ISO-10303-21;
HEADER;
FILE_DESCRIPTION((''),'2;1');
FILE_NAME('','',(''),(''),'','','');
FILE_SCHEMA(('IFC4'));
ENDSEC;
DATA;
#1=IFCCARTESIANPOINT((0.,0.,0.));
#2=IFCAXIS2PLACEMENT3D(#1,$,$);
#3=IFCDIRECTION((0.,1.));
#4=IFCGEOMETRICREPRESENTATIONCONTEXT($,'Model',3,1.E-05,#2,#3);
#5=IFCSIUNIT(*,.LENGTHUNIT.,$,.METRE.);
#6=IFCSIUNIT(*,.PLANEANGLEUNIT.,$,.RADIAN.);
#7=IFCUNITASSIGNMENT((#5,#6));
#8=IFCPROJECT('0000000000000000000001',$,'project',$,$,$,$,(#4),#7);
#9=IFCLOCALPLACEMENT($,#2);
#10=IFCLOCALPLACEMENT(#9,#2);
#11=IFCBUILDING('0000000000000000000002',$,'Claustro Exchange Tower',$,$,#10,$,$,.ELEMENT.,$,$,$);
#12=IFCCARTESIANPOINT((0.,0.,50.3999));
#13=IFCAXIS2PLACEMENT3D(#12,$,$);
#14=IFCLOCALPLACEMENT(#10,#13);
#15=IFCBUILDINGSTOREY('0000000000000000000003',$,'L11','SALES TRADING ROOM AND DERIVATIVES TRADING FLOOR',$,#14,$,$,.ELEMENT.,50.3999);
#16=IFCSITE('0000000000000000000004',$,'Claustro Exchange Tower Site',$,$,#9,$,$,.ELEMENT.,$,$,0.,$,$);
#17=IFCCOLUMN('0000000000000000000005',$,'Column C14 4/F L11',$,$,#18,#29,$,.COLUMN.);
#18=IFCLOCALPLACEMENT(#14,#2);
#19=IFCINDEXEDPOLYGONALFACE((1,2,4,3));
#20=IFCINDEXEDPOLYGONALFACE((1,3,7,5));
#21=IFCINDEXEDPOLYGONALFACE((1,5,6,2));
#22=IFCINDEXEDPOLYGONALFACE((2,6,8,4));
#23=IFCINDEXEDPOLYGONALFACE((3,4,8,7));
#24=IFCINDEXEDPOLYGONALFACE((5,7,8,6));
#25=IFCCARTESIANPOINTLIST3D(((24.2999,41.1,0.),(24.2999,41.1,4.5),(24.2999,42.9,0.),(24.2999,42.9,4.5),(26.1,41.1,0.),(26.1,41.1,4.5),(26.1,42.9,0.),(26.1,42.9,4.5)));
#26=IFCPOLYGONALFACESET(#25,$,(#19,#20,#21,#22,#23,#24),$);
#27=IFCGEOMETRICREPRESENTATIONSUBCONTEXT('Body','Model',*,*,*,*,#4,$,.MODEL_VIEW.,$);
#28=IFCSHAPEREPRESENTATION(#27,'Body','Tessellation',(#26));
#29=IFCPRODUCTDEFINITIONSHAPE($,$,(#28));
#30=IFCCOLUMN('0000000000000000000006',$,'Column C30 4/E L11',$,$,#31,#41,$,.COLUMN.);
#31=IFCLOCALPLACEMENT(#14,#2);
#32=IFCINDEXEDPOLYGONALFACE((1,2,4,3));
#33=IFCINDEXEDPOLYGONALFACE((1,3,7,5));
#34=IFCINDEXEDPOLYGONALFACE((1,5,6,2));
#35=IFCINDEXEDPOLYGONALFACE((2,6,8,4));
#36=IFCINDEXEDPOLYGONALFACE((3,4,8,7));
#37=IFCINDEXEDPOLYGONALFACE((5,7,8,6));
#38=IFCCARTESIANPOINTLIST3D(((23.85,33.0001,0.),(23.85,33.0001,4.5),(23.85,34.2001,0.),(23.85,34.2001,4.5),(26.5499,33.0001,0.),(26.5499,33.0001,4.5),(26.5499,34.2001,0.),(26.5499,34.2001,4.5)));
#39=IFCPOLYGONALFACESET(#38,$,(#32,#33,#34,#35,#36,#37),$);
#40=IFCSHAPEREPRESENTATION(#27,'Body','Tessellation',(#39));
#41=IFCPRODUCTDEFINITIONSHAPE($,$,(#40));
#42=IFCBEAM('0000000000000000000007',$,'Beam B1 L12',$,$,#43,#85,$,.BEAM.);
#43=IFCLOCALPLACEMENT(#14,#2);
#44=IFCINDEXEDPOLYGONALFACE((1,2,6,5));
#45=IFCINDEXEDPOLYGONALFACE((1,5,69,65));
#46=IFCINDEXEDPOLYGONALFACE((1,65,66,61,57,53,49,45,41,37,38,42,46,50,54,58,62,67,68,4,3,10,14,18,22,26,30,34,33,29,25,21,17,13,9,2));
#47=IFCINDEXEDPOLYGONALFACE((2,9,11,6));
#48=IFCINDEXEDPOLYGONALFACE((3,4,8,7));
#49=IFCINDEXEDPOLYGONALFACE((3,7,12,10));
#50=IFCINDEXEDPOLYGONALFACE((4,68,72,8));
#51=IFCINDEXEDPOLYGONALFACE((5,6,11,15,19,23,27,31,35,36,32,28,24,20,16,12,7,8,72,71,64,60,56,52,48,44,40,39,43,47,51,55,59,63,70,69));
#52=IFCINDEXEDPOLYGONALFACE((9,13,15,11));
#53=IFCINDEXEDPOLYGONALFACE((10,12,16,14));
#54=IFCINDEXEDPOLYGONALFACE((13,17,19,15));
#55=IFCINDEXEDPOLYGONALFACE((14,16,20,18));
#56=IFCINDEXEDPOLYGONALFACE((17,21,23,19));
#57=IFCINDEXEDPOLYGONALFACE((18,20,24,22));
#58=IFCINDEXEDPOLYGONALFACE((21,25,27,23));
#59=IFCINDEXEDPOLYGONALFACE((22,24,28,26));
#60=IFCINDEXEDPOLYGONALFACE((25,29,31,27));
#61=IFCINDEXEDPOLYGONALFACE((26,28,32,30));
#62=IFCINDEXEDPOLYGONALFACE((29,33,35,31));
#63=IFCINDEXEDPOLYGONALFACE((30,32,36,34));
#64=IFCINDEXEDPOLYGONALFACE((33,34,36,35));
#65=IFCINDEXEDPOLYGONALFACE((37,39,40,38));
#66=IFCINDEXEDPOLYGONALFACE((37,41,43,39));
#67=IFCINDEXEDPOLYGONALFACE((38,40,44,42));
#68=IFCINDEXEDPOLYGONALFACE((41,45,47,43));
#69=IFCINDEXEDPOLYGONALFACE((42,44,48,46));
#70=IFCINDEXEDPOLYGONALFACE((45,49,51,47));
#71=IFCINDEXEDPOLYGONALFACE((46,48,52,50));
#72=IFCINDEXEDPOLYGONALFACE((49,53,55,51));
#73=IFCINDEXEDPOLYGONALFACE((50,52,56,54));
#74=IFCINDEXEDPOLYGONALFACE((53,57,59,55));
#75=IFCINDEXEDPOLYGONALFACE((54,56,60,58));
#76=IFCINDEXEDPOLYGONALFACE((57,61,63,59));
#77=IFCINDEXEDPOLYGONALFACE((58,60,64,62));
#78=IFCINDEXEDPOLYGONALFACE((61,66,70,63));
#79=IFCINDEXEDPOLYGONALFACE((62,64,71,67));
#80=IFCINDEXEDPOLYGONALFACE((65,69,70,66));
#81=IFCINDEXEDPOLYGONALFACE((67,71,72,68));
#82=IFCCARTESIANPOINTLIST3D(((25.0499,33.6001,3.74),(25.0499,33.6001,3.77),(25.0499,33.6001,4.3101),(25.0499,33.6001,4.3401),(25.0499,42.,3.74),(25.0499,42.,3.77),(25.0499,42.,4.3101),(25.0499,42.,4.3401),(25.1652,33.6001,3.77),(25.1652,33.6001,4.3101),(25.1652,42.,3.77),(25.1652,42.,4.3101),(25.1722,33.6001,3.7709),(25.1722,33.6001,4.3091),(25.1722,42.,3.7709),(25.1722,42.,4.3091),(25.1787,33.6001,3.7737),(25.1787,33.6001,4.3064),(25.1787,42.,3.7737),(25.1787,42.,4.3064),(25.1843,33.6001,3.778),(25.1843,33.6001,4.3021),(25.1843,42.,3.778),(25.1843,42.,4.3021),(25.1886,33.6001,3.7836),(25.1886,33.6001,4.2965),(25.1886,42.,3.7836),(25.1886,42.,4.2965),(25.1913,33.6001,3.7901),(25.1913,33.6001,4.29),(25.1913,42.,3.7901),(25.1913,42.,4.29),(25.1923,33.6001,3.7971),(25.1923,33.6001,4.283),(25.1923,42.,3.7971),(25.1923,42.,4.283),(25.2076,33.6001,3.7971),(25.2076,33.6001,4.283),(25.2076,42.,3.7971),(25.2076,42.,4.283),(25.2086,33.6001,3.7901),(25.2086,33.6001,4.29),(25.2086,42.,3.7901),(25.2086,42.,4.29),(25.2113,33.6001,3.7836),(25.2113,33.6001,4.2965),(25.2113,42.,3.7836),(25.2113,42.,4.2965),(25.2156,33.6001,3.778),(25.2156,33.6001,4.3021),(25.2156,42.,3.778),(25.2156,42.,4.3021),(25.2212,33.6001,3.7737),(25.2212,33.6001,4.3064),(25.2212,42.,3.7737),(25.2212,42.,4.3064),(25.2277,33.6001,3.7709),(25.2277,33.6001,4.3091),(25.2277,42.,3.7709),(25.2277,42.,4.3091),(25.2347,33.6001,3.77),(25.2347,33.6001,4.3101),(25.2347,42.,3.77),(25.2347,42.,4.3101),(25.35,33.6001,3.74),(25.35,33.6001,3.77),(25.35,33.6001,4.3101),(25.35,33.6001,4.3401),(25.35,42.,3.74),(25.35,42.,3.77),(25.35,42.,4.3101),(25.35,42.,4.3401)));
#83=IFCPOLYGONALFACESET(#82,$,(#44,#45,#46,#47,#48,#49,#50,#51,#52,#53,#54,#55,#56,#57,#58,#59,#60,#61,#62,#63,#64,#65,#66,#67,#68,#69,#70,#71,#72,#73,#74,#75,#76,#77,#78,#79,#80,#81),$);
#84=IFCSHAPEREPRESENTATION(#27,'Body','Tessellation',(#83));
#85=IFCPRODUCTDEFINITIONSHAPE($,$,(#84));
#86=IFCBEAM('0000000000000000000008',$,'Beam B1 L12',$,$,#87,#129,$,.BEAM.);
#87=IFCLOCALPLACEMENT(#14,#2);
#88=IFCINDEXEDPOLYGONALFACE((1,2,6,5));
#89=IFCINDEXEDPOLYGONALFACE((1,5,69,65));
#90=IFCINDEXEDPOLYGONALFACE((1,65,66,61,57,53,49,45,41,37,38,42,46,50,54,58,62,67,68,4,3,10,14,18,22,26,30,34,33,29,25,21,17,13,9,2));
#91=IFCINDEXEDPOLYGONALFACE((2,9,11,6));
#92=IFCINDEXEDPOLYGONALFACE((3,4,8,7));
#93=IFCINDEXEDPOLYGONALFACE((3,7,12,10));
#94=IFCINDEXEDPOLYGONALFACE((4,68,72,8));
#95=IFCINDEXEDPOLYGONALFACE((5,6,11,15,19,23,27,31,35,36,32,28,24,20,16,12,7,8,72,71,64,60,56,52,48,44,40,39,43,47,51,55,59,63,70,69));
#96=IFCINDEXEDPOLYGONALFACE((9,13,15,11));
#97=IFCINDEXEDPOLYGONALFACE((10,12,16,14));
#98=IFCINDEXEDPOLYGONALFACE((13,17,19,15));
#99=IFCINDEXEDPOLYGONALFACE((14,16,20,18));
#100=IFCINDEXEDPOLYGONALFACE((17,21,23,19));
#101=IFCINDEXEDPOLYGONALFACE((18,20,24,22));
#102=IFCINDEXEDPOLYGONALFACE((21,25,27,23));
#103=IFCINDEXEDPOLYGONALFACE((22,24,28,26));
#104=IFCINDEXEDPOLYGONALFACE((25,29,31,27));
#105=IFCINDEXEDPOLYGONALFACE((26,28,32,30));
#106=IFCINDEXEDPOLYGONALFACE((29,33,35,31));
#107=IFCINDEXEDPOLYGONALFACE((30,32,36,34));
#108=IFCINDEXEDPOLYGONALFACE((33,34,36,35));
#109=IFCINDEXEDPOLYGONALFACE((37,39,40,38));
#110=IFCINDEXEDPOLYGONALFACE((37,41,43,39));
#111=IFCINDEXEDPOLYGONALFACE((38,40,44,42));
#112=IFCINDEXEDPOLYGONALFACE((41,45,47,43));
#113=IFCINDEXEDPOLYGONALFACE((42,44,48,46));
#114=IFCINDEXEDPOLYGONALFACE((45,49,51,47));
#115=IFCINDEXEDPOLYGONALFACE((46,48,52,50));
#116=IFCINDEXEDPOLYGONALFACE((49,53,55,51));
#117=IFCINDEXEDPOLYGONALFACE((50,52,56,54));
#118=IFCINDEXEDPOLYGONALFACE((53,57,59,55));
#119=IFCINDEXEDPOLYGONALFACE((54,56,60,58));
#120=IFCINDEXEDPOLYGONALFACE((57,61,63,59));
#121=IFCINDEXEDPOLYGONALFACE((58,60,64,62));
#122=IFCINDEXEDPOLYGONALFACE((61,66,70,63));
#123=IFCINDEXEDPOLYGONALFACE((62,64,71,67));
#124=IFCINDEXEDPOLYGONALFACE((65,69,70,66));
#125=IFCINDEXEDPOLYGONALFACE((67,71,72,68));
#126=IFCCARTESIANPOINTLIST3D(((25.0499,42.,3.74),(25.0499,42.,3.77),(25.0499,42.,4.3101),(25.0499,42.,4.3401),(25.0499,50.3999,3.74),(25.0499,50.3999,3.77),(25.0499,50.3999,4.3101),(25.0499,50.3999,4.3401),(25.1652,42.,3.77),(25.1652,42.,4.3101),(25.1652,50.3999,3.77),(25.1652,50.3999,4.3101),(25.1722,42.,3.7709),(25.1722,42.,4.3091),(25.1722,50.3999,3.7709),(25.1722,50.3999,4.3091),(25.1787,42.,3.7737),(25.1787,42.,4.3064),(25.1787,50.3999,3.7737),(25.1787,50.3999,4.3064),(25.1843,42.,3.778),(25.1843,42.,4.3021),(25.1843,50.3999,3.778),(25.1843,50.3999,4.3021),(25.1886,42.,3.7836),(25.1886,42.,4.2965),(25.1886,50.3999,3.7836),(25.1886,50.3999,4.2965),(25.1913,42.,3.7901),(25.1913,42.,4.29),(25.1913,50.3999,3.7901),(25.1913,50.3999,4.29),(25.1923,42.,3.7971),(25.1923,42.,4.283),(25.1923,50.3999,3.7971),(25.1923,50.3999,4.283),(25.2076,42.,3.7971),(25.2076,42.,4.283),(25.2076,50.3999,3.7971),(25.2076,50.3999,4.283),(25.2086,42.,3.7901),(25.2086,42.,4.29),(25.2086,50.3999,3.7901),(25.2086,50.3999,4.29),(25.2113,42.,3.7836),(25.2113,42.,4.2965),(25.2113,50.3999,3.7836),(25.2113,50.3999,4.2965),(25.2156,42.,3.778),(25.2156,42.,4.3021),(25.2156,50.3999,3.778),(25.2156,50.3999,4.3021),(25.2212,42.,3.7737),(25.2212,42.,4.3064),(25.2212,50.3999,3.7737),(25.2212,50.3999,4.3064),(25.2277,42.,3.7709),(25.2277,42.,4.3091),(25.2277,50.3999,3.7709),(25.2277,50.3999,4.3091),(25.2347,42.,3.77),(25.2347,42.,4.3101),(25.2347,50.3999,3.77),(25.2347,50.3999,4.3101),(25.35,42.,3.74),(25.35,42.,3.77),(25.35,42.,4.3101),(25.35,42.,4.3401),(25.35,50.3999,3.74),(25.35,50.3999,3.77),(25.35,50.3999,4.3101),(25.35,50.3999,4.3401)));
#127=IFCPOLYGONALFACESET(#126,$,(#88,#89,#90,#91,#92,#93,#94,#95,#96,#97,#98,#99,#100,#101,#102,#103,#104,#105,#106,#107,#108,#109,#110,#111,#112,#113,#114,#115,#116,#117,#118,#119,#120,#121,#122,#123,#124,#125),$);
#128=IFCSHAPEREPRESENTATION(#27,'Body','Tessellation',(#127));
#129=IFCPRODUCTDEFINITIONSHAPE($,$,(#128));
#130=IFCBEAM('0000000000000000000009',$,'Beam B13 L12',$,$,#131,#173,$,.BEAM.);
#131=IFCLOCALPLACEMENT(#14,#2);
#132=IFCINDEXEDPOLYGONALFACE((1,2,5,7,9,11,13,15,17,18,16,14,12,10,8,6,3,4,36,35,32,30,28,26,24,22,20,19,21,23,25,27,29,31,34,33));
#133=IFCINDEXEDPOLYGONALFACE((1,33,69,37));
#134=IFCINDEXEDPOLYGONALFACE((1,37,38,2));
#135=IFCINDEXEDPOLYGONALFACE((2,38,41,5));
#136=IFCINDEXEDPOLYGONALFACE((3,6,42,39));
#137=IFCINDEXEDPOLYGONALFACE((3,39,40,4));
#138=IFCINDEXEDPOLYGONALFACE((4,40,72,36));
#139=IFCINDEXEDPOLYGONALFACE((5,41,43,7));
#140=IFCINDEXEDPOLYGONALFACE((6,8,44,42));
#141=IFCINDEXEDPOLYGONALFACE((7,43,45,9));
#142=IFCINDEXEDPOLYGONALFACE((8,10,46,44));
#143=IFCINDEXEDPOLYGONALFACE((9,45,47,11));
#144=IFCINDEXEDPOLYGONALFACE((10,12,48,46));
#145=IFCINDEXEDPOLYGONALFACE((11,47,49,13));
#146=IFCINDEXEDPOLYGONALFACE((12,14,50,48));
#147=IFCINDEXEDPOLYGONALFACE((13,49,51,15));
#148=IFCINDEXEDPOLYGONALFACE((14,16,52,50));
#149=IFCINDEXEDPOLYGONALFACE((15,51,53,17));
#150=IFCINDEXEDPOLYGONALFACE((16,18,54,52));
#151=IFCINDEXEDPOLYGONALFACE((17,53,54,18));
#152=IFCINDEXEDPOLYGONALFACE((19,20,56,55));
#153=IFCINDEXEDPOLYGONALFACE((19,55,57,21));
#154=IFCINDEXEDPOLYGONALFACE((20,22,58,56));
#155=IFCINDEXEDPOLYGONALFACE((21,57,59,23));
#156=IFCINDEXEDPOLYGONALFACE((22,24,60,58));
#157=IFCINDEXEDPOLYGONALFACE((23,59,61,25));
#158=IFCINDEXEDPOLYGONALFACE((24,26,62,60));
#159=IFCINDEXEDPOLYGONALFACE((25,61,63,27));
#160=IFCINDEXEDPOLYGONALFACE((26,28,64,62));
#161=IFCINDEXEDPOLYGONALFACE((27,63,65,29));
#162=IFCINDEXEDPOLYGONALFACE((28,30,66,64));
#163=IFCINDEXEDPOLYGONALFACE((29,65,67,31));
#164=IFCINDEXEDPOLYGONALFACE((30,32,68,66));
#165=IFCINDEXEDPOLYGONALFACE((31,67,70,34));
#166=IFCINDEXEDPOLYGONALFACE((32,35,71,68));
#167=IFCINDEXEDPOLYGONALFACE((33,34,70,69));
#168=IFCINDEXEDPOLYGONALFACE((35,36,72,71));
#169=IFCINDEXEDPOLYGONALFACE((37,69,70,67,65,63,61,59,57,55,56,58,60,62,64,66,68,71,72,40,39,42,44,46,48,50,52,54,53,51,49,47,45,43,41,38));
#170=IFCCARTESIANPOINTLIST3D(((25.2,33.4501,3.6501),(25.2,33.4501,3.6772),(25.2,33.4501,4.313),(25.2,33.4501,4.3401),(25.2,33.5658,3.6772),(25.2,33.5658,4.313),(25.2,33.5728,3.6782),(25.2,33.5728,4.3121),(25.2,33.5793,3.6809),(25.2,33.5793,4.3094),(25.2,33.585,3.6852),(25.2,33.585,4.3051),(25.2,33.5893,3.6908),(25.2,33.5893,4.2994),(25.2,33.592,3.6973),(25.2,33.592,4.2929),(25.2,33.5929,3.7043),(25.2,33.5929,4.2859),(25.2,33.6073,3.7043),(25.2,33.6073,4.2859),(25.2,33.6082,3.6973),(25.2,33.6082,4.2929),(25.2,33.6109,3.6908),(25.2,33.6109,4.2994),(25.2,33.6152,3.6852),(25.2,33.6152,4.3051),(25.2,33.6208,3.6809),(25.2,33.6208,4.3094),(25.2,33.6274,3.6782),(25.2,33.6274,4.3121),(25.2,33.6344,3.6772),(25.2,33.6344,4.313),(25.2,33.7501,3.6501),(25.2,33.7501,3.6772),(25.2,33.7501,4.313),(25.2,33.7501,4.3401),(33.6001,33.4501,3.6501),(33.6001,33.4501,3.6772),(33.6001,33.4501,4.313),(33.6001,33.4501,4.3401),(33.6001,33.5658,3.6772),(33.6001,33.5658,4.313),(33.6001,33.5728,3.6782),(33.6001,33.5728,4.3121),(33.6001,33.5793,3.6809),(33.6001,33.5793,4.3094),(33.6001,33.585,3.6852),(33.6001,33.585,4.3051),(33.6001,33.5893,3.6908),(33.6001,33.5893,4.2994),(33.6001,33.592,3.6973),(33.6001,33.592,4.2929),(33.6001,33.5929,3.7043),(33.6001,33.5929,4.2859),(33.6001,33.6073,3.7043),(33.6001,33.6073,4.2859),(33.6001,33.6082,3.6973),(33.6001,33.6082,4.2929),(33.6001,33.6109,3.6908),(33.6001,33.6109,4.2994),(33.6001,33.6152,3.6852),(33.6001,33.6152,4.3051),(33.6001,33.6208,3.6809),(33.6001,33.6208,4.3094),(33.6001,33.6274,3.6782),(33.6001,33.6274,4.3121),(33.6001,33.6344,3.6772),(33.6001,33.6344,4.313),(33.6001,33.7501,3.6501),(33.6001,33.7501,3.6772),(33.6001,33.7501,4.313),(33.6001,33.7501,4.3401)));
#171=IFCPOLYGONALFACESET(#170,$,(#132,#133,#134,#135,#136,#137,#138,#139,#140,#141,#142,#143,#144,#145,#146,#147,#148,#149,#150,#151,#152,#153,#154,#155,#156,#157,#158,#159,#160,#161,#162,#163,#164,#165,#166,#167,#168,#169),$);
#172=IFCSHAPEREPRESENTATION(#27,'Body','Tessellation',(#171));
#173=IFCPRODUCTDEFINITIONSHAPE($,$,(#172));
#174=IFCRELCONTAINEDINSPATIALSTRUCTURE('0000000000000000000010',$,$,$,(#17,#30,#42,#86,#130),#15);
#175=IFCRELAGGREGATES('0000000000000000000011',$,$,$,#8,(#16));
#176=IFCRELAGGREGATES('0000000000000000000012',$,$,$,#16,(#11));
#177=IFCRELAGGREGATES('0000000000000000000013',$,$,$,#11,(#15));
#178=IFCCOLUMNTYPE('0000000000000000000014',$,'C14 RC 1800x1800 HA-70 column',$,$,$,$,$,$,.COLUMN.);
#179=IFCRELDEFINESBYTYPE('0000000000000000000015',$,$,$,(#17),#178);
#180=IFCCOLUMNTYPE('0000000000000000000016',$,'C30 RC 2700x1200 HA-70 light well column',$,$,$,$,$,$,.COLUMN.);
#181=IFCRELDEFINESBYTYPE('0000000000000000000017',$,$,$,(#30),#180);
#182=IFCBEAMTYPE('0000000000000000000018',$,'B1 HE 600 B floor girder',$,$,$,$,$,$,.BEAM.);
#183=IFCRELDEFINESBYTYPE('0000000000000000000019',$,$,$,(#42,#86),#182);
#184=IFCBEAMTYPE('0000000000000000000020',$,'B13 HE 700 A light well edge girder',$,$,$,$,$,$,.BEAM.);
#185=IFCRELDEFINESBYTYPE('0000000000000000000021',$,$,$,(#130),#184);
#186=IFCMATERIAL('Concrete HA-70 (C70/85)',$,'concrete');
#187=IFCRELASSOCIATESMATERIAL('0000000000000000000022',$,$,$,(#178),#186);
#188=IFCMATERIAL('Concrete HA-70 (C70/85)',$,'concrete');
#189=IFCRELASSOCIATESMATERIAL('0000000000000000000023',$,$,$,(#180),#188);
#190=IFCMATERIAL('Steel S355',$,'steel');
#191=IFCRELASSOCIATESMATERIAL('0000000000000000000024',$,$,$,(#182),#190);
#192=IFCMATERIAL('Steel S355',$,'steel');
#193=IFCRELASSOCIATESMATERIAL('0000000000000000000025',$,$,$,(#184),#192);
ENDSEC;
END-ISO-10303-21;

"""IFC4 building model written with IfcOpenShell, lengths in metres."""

from ifc_helpers import new_model, si_unit, direction, frame, origin, origin_2d, place, context, subcontext, project, spatial, rectangle, i_section, extrude, material, material_profile, profile_set, type_object, element, save


model = new_model("IFC4")

# Units and contexts
model_context = context("Model", 3, precision=1e-05, world=origin(), true_north=direction((0.0, 1.0)))
body_context = subcontext(model_context, "Body", "Model", "MODEL_VIEW")
ifc_project = project(units=[si_unit("LENGTHUNIT", "METRE"), si_unit("PLANEANGLEUNIT", "RADIAN")], contexts=[model_context])

# Site, building, storey
site_placement = place(None, origin())
site = spatial("IfcSite", under=ifc_project, at=site_placement, Name="Claustro Exchange Tower Site", CompositionType="ELEMENT", RefElevation=0.0)
building_placement = place(site_placement, origin())
building = spatial("IfcBuilding", under=site, at=building_placement, Name="Claustro Exchange Tower", CompositionType="ELEMENT")
storey_placement = place(building_placement, frame((0.0, 0.0, 50.3999)))
storey = spatial("IfcBuildingStorey", under=building, at=storey_placement, Name="L11", Description="SALES TRADING ROOM AND DERIVATIVES TRADING FLOOR", CompositionType="ELEMENT", Elevation=50.3999)

# Columns
ifc_material_1 = material(Name="Concrete HA-70 (C70/85)", Category="concrete")
ifc_material_profile_1 = material_profile(ifc_material_1, rectangle(XDim=1.8, YDim=1.8, at=origin_2d()), Name="RC 1800x1800")
ifc_profile_set_1 = profile_set([ifc_material_profile_1], Name="Concrete HA-70 (C70/85)")
column_type_1 = type_object("IfcColumnType", Name="C14 RC 1800x1800 HA-70 column", PredefinedType="COLUMN", material=ifc_profile_set_1)
column_1_placement = place(storey_placement, frame((25.2, 42.0, 0.0), z_axis=(0.0, 0.0, 1.0), x_axis=(1.0, 0.0, 0.0)))
element("IfcColumn", 1, at=column_1_placement, inside=storey, type_object=column_type_1, Name="Column C14 4/F L11", PredefinedType="COLUMN", context=body_context, shape_type="SweptSolid", body=[
    extrude(rectangle(XDim=1.8, YDim=1.8, at=origin_2d()), origin(), (0.0, 0.0, 1.0), 4.5),
])
ifc_material_2 = material(Name="Concrete HA-70 (C70/85)", Category="concrete")
ifc_material_profile_2 = material_profile(ifc_material_2, rectangle(XDim=2.7, YDim=1.2, at=origin_2d()), Name="RC 2700x1200")
ifc_profile_set_2 = profile_set([ifc_material_profile_2], Name="Concrete HA-70 (C70/85)")
column_type_2 = type_object("IfcColumnType", Name="C30 RC 2700x1200 HA-70 light well column", PredefinedType="COLUMN", material=ifc_profile_set_2)
column_2_placement = place(storey_placement, frame((25.2, 33.6001, 0.0), z_axis=(0.0, 0.0, 1.0), x_axis=(1.0, 0.0, 0.0)))
element("IfcColumn", 2, at=column_2_placement, inside=storey, type_object=column_type_2, Name="Column C30 4/E L11", PredefinedType="COLUMN", context=body_context, shape_type="SweptSolid", body=[
    extrude(rectangle(XDim=2.7, YDim=1.2, at=origin_2d()), origin(), (0.0, 0.0, 1.0), 4.5),
])

# Beams
ifc_material_3 = material(Name="Steel S355", Category="steel")
ifc_material_profile_3 = material_profile(ifc_material_3, i_section(OverallWidth=0.3, OverallDepth=0.6001, WebThickness=0.0154, FlangeThickness=0.03, FilletRadius=0.0271, at=origin_2d()), Name="HE 600 B")
ifc_profile_set_3 = profile_set([ifc_material_profile_3], Name="Steel S355")
beam_type_1 = type_object("IfcBeamType", Name="B1 HE 600 B floor girder", PredefinedType="BEAM", material=ifc_profile_set_3)
for number, where, z_axis, x_axis, name in (
    (3, (25.2, 33.6001, 4.04), (0.0, 1.0, 0.0), (-1.0, 0.0, 0.0), "Beam B1 L12"),
    (4, (25.2, 42.0, 4.04), (0.0, 1.0, 0.0), (-1.0, 0.0, 0.0), "Beam B1 L12"),
):
    element("IfcBeam", number, at=place(storey_placement, frame(where, z_axis=z_axis, x_axis=x_axis)), inside=storey, type_object=beam_type_1, Name=name, PredefinedType="BEAM", context=body_context, shape_type="SweptSolid", body=[
        extrude(i_section(OverallWidth=0.3, OverallDepth=0.6001, WebThickness=0.0154, FlangeThickness=0.03, FilletRadius=0.0271, at=origin_2d()), origin(), (0.0, 0.0, 1.0), 8.3999),
    ])
ifc_material_4 = material(Name="Steel S355", Category="steel")
ifc_material_profile_4 = material_profile(ifc_material_4, i_section(OverallWidth=0.3, OverallDepth=0.6899, WebThickness=0.0144, FlangeThickness=0.0271, FilletRadius=0.0271, at=origin_2d()), Name="HE 700 A")
ifc_profile_set_4 = profile_set([ifc_material_profile_4], Name="Steel S355")
beam_type_2 = type_object("IfcBeamType", Name="B13 HE 700 A light well edge girder", PredefinedType="BEAM", material=ifc_profile_set_4)
beam_1_placement = place(storey_placement, frame((25.2, 33.6001, 3.9951), z_axis=(1.0, 0.0, 0.0), x_axis=(0.0, 1.0, 0.0)))
element("IfcBeam", 5, at=beam_1_placement, inside=storey, type_object=beam_type_2, Name="Beam B13 L12", PredefinedType="BEAM", context=body_context, shape_type="SweptSolid", body=[
    extrude(i_section(OverallWidth=0.3, OverallDepth=0.6899, WebThickness=0.0144, FlangeThickness=0.0271, FilletRadius=0.0271, at=origin_2d()), origin(), (0.0, 0.0, 1.0), 8.4001),
])

save(model, "model.ifc")
